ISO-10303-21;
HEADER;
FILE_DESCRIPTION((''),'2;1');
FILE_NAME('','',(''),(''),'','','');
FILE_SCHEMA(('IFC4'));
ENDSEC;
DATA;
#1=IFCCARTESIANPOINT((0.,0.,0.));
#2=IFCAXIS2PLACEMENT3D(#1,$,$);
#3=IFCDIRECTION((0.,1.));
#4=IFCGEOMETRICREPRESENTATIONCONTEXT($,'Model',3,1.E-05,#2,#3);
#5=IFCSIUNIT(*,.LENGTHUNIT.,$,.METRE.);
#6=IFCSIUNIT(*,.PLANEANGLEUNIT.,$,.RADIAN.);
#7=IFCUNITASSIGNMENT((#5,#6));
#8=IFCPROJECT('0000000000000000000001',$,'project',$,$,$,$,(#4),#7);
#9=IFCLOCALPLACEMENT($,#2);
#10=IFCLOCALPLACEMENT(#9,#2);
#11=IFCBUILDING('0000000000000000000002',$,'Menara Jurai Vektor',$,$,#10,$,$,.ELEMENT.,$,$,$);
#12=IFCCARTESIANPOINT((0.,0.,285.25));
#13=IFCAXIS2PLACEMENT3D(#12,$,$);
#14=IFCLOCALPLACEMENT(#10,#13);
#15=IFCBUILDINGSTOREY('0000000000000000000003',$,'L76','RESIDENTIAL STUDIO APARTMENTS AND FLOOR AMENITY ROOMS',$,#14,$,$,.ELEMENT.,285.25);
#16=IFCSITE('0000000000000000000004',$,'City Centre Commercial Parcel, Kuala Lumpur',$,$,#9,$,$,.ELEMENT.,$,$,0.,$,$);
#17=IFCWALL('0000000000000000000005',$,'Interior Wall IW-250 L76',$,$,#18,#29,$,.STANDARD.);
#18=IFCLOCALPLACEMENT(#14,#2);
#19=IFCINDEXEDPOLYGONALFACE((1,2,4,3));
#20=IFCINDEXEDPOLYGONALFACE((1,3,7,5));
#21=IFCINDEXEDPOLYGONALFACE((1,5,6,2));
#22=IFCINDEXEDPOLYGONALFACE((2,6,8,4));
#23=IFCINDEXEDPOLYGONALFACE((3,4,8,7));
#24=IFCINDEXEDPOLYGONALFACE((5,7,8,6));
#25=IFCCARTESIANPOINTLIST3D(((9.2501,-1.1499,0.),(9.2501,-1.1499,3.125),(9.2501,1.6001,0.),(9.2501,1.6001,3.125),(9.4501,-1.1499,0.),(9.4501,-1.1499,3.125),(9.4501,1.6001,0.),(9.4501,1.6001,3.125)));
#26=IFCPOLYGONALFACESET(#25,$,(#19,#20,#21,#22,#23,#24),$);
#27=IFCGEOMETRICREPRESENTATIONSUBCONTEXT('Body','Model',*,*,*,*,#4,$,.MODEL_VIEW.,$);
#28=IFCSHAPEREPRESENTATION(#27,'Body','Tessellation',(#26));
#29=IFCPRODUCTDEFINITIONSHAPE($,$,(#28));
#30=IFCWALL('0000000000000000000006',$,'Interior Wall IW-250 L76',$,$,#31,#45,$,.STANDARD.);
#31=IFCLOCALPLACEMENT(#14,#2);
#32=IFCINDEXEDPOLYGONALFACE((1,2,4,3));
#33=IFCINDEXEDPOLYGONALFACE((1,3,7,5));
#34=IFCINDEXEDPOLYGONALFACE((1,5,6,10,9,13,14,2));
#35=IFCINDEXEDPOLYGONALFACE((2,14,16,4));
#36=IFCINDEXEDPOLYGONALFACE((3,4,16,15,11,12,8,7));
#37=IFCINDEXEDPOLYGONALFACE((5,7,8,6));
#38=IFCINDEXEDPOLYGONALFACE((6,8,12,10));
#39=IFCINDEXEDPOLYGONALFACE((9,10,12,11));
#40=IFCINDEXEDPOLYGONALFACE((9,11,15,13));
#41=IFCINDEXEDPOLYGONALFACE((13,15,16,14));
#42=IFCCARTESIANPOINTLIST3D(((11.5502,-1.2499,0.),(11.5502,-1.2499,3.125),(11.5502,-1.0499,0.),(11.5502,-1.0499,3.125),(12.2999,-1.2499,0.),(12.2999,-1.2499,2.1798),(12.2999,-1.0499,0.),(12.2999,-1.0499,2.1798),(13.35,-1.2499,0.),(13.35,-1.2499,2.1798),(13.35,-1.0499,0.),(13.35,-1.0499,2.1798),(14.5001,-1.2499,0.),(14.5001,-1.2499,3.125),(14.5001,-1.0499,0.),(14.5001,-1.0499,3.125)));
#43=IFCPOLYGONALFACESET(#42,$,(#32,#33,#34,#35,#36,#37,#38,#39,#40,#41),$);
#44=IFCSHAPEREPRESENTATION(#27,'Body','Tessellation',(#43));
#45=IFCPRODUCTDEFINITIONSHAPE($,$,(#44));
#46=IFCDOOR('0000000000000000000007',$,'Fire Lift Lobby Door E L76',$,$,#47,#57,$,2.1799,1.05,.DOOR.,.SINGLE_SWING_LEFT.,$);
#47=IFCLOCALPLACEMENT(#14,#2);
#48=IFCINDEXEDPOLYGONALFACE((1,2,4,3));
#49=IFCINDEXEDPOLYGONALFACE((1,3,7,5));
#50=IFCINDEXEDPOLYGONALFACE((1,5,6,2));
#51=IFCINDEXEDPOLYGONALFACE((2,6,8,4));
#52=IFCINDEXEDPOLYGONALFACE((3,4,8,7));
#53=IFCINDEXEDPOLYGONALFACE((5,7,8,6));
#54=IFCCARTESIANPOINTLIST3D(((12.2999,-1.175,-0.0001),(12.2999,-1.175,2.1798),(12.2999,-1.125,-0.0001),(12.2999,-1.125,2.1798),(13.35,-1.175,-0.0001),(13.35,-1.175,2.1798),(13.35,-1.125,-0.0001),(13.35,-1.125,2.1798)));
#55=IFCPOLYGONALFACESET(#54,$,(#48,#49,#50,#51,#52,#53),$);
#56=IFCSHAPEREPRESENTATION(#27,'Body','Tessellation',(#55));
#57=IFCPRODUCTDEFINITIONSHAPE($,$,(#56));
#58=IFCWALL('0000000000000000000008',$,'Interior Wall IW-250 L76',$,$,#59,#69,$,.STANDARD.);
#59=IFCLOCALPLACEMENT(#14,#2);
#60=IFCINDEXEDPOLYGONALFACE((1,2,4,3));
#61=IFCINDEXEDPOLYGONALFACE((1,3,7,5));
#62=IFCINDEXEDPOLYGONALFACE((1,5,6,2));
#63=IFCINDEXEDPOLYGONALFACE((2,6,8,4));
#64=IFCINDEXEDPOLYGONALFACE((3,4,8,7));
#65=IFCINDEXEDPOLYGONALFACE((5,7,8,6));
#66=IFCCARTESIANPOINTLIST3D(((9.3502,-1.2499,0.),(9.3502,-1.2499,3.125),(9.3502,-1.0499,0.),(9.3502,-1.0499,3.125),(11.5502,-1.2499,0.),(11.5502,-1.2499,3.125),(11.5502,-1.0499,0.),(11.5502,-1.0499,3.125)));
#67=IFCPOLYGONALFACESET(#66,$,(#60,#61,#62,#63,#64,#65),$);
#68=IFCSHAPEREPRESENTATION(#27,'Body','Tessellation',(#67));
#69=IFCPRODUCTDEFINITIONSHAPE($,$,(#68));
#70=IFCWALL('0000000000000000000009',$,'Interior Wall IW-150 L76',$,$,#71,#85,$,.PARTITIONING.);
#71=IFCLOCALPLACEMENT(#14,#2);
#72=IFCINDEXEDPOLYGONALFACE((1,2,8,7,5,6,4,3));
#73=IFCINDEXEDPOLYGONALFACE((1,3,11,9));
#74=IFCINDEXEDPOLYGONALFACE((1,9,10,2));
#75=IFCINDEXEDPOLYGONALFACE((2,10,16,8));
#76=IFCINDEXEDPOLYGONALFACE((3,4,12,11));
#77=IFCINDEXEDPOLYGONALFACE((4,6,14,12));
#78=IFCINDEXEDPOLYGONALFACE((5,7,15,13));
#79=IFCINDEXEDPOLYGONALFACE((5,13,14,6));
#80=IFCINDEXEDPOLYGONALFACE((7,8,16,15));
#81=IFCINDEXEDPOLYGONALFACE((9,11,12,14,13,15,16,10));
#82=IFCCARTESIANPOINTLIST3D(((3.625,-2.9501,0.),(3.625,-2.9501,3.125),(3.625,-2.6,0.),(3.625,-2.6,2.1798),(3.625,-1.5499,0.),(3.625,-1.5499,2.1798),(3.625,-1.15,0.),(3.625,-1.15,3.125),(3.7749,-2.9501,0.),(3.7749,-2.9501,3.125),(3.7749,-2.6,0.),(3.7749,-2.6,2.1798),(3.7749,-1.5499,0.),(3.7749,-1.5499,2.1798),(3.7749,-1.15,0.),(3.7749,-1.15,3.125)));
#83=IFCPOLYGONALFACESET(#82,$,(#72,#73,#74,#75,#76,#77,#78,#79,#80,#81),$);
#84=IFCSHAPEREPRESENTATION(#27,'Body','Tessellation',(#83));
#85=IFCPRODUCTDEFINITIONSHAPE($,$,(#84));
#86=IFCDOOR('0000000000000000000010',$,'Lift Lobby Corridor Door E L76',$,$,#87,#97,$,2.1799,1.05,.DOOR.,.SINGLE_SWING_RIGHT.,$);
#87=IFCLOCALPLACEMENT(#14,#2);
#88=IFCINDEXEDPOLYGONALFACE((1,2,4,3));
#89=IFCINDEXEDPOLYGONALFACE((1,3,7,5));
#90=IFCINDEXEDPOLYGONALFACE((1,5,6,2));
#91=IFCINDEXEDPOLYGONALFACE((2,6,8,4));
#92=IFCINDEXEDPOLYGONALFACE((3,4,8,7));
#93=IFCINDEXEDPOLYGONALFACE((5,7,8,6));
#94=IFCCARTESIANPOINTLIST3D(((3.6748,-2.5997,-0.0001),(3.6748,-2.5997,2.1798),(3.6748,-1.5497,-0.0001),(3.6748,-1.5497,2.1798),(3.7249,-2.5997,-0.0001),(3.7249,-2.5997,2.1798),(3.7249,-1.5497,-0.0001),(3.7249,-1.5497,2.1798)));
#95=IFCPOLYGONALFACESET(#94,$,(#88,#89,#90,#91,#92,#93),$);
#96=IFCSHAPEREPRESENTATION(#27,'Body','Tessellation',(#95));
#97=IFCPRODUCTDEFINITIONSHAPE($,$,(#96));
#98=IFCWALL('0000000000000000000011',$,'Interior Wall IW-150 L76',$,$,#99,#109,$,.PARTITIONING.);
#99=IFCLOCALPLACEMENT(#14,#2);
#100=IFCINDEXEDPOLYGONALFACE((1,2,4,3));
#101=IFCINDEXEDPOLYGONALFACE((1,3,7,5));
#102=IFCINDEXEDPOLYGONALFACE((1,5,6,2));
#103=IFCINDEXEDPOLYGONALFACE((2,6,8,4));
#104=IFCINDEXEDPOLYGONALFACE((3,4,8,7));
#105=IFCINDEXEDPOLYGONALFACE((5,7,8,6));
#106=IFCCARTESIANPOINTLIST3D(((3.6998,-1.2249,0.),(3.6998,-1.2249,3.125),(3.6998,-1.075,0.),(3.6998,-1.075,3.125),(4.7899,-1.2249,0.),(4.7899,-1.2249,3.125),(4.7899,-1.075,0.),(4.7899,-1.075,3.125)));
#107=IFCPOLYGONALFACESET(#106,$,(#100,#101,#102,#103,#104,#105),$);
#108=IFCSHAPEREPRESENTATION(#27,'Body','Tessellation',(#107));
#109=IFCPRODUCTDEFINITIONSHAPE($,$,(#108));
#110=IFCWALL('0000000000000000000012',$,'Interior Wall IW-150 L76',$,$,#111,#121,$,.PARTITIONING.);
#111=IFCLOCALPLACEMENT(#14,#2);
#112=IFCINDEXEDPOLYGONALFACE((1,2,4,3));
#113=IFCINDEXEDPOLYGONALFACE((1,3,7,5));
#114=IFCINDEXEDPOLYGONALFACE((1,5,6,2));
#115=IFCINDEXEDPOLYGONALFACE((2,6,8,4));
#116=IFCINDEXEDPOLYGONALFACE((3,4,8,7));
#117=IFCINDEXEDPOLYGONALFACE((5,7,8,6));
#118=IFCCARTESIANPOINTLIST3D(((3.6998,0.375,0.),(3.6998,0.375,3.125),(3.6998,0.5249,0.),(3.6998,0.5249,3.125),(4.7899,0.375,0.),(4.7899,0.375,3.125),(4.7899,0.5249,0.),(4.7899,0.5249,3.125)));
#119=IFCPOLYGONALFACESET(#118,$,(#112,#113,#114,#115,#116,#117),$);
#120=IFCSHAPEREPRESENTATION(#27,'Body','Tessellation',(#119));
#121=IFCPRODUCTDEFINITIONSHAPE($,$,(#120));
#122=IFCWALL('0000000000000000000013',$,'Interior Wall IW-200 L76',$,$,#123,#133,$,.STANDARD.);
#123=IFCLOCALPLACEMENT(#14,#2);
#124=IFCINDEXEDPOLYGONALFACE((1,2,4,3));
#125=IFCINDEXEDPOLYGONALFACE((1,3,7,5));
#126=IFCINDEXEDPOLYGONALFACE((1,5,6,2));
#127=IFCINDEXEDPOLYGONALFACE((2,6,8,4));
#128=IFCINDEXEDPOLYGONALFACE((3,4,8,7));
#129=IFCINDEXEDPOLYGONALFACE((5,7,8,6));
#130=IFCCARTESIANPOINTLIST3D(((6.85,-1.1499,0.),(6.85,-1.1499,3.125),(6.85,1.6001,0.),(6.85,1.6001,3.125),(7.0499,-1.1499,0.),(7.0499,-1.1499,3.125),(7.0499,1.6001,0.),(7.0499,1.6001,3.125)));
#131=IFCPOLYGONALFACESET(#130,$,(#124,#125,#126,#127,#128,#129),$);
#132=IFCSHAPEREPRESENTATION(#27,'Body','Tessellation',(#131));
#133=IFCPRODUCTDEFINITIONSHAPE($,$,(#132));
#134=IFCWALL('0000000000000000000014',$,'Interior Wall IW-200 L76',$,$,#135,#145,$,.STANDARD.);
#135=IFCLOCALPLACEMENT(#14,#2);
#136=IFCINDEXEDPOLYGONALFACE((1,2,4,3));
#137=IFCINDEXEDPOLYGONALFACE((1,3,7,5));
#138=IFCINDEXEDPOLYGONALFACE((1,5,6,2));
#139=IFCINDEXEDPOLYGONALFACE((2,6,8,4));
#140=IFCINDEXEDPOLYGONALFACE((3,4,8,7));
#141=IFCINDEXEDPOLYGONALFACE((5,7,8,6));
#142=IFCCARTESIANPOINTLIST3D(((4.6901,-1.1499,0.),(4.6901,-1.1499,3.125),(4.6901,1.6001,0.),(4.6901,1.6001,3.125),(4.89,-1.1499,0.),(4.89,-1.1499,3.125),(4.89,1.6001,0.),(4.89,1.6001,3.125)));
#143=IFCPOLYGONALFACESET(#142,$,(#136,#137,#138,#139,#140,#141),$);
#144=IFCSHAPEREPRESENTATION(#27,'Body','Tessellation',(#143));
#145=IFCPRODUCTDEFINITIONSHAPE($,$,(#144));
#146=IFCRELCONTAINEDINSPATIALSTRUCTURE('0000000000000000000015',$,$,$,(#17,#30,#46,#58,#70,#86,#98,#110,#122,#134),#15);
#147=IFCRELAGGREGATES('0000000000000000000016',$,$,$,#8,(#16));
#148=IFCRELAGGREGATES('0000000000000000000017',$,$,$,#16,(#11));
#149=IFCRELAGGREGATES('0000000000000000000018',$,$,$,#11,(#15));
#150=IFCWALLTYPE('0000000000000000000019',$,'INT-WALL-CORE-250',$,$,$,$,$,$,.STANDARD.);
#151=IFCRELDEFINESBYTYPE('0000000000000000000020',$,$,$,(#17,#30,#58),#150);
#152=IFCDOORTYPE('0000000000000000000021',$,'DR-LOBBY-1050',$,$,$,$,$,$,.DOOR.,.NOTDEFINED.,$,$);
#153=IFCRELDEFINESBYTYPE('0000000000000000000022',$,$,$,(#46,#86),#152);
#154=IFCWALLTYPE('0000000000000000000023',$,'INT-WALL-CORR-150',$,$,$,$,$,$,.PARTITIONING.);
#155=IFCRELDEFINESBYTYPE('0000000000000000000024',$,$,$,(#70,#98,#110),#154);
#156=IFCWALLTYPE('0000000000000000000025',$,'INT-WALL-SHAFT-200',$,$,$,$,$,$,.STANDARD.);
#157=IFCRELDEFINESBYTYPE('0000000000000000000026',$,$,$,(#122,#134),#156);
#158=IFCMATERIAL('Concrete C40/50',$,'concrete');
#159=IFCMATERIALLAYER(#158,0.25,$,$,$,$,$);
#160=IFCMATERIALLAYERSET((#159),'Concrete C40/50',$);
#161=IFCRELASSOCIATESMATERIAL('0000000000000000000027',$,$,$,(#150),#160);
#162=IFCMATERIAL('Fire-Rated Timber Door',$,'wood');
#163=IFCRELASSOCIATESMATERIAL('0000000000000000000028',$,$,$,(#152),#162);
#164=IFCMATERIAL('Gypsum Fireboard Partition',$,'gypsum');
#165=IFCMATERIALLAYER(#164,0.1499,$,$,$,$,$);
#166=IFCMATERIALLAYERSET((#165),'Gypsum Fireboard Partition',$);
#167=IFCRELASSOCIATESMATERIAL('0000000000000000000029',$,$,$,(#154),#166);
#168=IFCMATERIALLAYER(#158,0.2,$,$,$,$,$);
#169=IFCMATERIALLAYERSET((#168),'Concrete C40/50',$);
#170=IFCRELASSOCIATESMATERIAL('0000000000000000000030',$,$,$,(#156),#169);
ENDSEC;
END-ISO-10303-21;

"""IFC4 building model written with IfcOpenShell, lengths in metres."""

from ifc_helpers import new_model, si_unit, direction, frame, frame_2d, origin, place, context, subcontext, project, spatial, rectangle, extrude, material, layer, layer_set, type_object, element, fill, save


model = new_model("IFC4")

# Units and contexts
model_context = context("Model", 3, precision=1e-05, world=origin(), true_north=direction((0.0, 1.0)))
body_context = subcontext(model_context, "Body", "Model", "MODEL_VIEW")
ifc_project = project(units=[si_unit("LENGTHUNIT", "METRE"), si_unit("PLANEANGLEUNIT", "RADIAN")], contexts=[model_context])

# Site, building, storey
site_placement = place(None, origin())
site = spatial("IfcSite", under=ifc_project, at=site_placement, Name="City Centre Commercial Parcel, Kuala Lumpur", CompositionType="ELEMENT", RefElevation=0.0)
building_placement = place(site_placement, origin())
building = spatial("IfcBuilding", under=site, at=building_placement, Name="Menara Jurai Vektor", CompositionType="ELEMENT")
storey_placement = place(building_placement, frame((0.0, 0.0, 285.25)))
storey = spatial("IfcBuildingStorey", under=building, at=storey_placement, Name="L76", Description="RESIDENTIAL STUDIO APARTMENTS AND FLOOR AMENITY ROOMS", CompositionType="ELEMENT", Elevation=285.25)

# Shared definitions
ifc_material_1 = material(Name="Concrete C40/50", Category="concrete")
ifc_layer_1 = layer(ifc_material_1, 0.25)
ifc_layer_set_1 = layer_set([ifc_layer_1], Name="Concrete C40/50")
wall_type_1 = type_object("IfcWallType", Name="INT-WALL-CORE-250", PredefinedType="STANDARD", material=ifc_layer_set_1)

# Wall
wall_1_placement = place(storey_placement, frame((9.3501, -1.1499, 0.0), z_axis=(0.0, 0.0, 1.0), x_axis=(0.0, 1.0, 0.0)))
element("IfcWall", 1, at=wall_1_placement, inside=storey, type_object=wall_type_1, Name="Interior Wall IW-250 L76", PredefinedType="STANDARD", context=body_context, shape_type="SweptSolid", body=[
    extrude(rectangle(XDim=2.75, YDim=0.2, at=frame_2d((1.375, 0.0))), origin(), (0.0, 0.0, 1.0), 3.125),
])

# Wall, opening, door
wall_2_placement = place(storey_placement, frame((11.55, -1.1499, 0.0), z_axis=(0.0, 0.0, 1.0), x_axis=(1.0, 0.0, 0.0)))
wall_2 = element("IfcWall", 2, at=wall_2_placement, inside=storey, type_object=wall_type_1, Name="Interior Wall IW-250 L76", PredefinedType="STANDARD", context=body_context, shape_type="SweptSolid", body=[
    extrude(rectangle(XDim=2.95, YDim=0.2, at=frame_2d((1.4751, 0.0))), origin(), (0.0, 0.0, 1.0), 3.125),
])
opening_1_placement = place(wall_2_placement, frame((0.75, 0.0, 0.0)))
opening_1 = element("IfcOpeningElement", 3, at=opening_1_placement, cuts=wall_2, PredefinedType="OPENING", context=body_context, shape_type="SweptSolid", body=[
    extrude(rectangle(XDim=1.05, YDim=2.1799, at=frame_2d((0.5249, 1.0898))), frame((0.0, 0.1099, 0.0), z_axis=(0.0, -1.0, 0.0), x_axis=(1.0, 0.0, 0.0)), (0.0, 0.0, 1.0), 0.22),
])
ifc_material_2 = material(Name="Fire-Rated Timber Door", Category="wood")
door_type_1 = type_object("IfcDoorType", Name="DR-LOBBY-1050", OperationType="NOTDEFINED", PredefinedType="DOOR", material=ifc_material_2)
door_1_placement = place(opening_1_placement, origin())
door_1 = element("IfcDoor", 4, at=door_1_placement, inside=storey, type_object=door_type_1, Name="Fire Lift Lobby Door E L76", OperationType="SINGLE_SWING_LEFT", OverallHeight=2.1799, OverallWidth=1.05, PredefinedType="DOOR", context=body_context, shape_type="SweptSolid", body=[
    extrude(rectangle(XDim=1.05, YDim=2.1799, at=frame_2d((0.5249, 1.0898))), frame((0.0, 0.0249, 0.0), z_axis=(0.0, -1.0, 0.0), x_axis=(1.0, 0.0, 0.0)), (0.0, 0.0, 1.0), 0.05),
])
fill(opening_1, door_1)

# Wall
wall_3_placement = place(storey_placement, frame((9.3501, -1.1499, 0.0), z_axis=(0.0, 0.0, 1.0), x_axis=(1.0, 0.0, 0.0)))
element("IfcWall", 5, at=wall_3_placement, inside=storey, type_object=wall_type_1, Name="Interior Wall IW-250 L76", PredefinedType="STANDARD", context=body_context, shape_type="SweptSolid", body=[
    extrude(rectangle(XDim=2.2, YDim=0.2, at=frame_2d((1.1001, 0.0))), origin(), (0.0, 0.0, 1.0), 3.125),
])

# Wall, opening, door
ifc_material_3 = material(Name="Gypsum Fireboard Partition", Category="gypsum")
ifc_layer_2 = layer(ifc_material_3, 0.1499)
ifc_layer_set_2 = layer_set([ifc_layer_2], Name="Gypsum Fireboard Partition")
wall_type_2 = type_object("IfcWallType", Name="INT-WALL-CORR-150", PredefinedType="PARTITIONING", material=ifc_layer_set_2)
wall_4_placement = place(storey_placement, frame((3.7, -2.95, 0.0), z_axis=(0.0, 0.0, 1.0), x_axis=(0.0, 1.0, 0.0)))
wall_4 = element("IfcWall", 6, at=wall_4_placement, inside=storey, type_object=wall_type_2, Name="Interior Wall IW-150 L76", PredefinedType="PARTITIONING", context=body_context, shape_type="SweptSolid", body=[
    extrude(rectangle(XDim=1.8, YDim=0.1499, at=frame_2d((0.8999, 0.0))), origin(), (0.0, 0.0, 1.0), 3.125),
])
opening_2_placement = place(wall_4_placement, frame((0.3501, 0.0, 0.0)))
opening_2 = element("IfcOpeningElement", 7, at=opening_2_placement, cuts=wall_4, PredefinedType="OPENING", context=body_context, shape_type="SweptSolid", body=[
    extrude(rectangle(XDim=1.05, YDim=2.1799, at=frame_2d((0.5249, 1.0898))), frame((0.0, 0.085, 0.0), z_axis=(0.0, -1.0, 0.0), x_axis=(1.0, 0.0, 0.0)), (0.0, 0.0, 1.0), 0.1699),
])
door_2_placement = place(opening_2_placement, frame((1.05, 0.0, 0.0), z_axis=(0.0, 0.0, 1.0), x_axis=(-1.0, 0.0, 0.0)))
door_2 = element("IfcDoor", 8, at=door_2_placement, inside=storey, type_object=door_type_1, Name="Lift Lobby Corridor Door E L76", OperationType="SINGLE_SWING_RIGHT", OverallHeight=2.1799, OverallWidth=1.05, PredefinedType="DOOR", context=body_context, shape_type="SweptSolid", body=[
    extrude(rectangle(XDim=1.05, YDim=2.1799, at=frame_2d((0.5249, 1.0898))), frame((0.0, 0.0249, 0.0), z_axis=(0.0, -1.0, 0.0), x_axis=(1.0, 0.0, 0.0)), (0.0, 0.0, 1.0), 0.05),
])
fill(opening_2, door_2)

# Walls
for number, where, z_axis, x_axis, name in (
    (9, (3.7, -1.1499, 0.0), (0.0, 0.0, 1.0), (1.0, 0.0, 0.0), "Interior Wall IW-150 L76"),
    (10, (3.7, 0.45, 0.0), (0.0, 0.0, 1.0), (1.0, 0.0, 0.0), "Interior Wall IW-150 L76"),
):
    element("IfcWall", number, at=place(storey_placement, frame(where, z_axis=z_axis, x_axis=x_axis)), inside=storey, type_object=wall_type_2, Name=name, PredefinedType="PARTITIONING", context=body_context, shape_type="SweptSolid", body=[
        extrude(rectangle(XDim=1.0901, YDim=0.1499, at=frame_2d((0.5449, 0.0))), origin(), (0.0, 0.0, 1.0), 3.125),
    ])

# Shared definitions
ifc_layer_3 = layer(ifc_material_1, 0.2)
ifc_layer_set_3 = layer_set([ifc_layer_3], Name="Concrete C40/50")
wall_type_3 = type_object("IfcWallType", Name="INT-WALL-SHAFT-200", PredefinedType="STANDARD", material=ifc_layer_set_3)

# Wall
wall_5_placement = place(storey_placement, frame((6.95, -1.1499, 0.0), z_axis=(0.0, 0.0, 1.0), x_axis=(0.0, 1.0, 0.0)))
element("IfcWall", 11, at=wall_5_placement, inside=storey, type_object=wall_type_3, Name="Interior Wall IW-200 L76", PredefinedType="STANDARD", context=body_context, shape_type="SweptSolid", body=[
    extrude(rectangle(XDim=2.75, YDim=0.2, at=frame_2d((1.375, 0.0))), origin(), (0.0, 0.0, 1.0), 3.125),
])

# Wall
wall_6_placement = place(storey_placement, frame((4.79, -1.1499, 0.0), z_axis=(0.0, 0.0, 1.0), x_axis=(0.0, 1.0, 0.0)))
element("IfcWall", 12, at=wall_6_placement, inside=storey, type_object=wall_type_3, Name="Interior Wall IW-200 L76", PredefinedType="STANDARD", context=body_context, shape_type="SweptSolid", body=[
    extrude(rectangle(XDim=2.75, YDim=0.2, at=frame_2d((1.375, 0.0))), origin(), (0.0, 0.0, 1.0), 3.125),
])

save(model, "model.ifc")
